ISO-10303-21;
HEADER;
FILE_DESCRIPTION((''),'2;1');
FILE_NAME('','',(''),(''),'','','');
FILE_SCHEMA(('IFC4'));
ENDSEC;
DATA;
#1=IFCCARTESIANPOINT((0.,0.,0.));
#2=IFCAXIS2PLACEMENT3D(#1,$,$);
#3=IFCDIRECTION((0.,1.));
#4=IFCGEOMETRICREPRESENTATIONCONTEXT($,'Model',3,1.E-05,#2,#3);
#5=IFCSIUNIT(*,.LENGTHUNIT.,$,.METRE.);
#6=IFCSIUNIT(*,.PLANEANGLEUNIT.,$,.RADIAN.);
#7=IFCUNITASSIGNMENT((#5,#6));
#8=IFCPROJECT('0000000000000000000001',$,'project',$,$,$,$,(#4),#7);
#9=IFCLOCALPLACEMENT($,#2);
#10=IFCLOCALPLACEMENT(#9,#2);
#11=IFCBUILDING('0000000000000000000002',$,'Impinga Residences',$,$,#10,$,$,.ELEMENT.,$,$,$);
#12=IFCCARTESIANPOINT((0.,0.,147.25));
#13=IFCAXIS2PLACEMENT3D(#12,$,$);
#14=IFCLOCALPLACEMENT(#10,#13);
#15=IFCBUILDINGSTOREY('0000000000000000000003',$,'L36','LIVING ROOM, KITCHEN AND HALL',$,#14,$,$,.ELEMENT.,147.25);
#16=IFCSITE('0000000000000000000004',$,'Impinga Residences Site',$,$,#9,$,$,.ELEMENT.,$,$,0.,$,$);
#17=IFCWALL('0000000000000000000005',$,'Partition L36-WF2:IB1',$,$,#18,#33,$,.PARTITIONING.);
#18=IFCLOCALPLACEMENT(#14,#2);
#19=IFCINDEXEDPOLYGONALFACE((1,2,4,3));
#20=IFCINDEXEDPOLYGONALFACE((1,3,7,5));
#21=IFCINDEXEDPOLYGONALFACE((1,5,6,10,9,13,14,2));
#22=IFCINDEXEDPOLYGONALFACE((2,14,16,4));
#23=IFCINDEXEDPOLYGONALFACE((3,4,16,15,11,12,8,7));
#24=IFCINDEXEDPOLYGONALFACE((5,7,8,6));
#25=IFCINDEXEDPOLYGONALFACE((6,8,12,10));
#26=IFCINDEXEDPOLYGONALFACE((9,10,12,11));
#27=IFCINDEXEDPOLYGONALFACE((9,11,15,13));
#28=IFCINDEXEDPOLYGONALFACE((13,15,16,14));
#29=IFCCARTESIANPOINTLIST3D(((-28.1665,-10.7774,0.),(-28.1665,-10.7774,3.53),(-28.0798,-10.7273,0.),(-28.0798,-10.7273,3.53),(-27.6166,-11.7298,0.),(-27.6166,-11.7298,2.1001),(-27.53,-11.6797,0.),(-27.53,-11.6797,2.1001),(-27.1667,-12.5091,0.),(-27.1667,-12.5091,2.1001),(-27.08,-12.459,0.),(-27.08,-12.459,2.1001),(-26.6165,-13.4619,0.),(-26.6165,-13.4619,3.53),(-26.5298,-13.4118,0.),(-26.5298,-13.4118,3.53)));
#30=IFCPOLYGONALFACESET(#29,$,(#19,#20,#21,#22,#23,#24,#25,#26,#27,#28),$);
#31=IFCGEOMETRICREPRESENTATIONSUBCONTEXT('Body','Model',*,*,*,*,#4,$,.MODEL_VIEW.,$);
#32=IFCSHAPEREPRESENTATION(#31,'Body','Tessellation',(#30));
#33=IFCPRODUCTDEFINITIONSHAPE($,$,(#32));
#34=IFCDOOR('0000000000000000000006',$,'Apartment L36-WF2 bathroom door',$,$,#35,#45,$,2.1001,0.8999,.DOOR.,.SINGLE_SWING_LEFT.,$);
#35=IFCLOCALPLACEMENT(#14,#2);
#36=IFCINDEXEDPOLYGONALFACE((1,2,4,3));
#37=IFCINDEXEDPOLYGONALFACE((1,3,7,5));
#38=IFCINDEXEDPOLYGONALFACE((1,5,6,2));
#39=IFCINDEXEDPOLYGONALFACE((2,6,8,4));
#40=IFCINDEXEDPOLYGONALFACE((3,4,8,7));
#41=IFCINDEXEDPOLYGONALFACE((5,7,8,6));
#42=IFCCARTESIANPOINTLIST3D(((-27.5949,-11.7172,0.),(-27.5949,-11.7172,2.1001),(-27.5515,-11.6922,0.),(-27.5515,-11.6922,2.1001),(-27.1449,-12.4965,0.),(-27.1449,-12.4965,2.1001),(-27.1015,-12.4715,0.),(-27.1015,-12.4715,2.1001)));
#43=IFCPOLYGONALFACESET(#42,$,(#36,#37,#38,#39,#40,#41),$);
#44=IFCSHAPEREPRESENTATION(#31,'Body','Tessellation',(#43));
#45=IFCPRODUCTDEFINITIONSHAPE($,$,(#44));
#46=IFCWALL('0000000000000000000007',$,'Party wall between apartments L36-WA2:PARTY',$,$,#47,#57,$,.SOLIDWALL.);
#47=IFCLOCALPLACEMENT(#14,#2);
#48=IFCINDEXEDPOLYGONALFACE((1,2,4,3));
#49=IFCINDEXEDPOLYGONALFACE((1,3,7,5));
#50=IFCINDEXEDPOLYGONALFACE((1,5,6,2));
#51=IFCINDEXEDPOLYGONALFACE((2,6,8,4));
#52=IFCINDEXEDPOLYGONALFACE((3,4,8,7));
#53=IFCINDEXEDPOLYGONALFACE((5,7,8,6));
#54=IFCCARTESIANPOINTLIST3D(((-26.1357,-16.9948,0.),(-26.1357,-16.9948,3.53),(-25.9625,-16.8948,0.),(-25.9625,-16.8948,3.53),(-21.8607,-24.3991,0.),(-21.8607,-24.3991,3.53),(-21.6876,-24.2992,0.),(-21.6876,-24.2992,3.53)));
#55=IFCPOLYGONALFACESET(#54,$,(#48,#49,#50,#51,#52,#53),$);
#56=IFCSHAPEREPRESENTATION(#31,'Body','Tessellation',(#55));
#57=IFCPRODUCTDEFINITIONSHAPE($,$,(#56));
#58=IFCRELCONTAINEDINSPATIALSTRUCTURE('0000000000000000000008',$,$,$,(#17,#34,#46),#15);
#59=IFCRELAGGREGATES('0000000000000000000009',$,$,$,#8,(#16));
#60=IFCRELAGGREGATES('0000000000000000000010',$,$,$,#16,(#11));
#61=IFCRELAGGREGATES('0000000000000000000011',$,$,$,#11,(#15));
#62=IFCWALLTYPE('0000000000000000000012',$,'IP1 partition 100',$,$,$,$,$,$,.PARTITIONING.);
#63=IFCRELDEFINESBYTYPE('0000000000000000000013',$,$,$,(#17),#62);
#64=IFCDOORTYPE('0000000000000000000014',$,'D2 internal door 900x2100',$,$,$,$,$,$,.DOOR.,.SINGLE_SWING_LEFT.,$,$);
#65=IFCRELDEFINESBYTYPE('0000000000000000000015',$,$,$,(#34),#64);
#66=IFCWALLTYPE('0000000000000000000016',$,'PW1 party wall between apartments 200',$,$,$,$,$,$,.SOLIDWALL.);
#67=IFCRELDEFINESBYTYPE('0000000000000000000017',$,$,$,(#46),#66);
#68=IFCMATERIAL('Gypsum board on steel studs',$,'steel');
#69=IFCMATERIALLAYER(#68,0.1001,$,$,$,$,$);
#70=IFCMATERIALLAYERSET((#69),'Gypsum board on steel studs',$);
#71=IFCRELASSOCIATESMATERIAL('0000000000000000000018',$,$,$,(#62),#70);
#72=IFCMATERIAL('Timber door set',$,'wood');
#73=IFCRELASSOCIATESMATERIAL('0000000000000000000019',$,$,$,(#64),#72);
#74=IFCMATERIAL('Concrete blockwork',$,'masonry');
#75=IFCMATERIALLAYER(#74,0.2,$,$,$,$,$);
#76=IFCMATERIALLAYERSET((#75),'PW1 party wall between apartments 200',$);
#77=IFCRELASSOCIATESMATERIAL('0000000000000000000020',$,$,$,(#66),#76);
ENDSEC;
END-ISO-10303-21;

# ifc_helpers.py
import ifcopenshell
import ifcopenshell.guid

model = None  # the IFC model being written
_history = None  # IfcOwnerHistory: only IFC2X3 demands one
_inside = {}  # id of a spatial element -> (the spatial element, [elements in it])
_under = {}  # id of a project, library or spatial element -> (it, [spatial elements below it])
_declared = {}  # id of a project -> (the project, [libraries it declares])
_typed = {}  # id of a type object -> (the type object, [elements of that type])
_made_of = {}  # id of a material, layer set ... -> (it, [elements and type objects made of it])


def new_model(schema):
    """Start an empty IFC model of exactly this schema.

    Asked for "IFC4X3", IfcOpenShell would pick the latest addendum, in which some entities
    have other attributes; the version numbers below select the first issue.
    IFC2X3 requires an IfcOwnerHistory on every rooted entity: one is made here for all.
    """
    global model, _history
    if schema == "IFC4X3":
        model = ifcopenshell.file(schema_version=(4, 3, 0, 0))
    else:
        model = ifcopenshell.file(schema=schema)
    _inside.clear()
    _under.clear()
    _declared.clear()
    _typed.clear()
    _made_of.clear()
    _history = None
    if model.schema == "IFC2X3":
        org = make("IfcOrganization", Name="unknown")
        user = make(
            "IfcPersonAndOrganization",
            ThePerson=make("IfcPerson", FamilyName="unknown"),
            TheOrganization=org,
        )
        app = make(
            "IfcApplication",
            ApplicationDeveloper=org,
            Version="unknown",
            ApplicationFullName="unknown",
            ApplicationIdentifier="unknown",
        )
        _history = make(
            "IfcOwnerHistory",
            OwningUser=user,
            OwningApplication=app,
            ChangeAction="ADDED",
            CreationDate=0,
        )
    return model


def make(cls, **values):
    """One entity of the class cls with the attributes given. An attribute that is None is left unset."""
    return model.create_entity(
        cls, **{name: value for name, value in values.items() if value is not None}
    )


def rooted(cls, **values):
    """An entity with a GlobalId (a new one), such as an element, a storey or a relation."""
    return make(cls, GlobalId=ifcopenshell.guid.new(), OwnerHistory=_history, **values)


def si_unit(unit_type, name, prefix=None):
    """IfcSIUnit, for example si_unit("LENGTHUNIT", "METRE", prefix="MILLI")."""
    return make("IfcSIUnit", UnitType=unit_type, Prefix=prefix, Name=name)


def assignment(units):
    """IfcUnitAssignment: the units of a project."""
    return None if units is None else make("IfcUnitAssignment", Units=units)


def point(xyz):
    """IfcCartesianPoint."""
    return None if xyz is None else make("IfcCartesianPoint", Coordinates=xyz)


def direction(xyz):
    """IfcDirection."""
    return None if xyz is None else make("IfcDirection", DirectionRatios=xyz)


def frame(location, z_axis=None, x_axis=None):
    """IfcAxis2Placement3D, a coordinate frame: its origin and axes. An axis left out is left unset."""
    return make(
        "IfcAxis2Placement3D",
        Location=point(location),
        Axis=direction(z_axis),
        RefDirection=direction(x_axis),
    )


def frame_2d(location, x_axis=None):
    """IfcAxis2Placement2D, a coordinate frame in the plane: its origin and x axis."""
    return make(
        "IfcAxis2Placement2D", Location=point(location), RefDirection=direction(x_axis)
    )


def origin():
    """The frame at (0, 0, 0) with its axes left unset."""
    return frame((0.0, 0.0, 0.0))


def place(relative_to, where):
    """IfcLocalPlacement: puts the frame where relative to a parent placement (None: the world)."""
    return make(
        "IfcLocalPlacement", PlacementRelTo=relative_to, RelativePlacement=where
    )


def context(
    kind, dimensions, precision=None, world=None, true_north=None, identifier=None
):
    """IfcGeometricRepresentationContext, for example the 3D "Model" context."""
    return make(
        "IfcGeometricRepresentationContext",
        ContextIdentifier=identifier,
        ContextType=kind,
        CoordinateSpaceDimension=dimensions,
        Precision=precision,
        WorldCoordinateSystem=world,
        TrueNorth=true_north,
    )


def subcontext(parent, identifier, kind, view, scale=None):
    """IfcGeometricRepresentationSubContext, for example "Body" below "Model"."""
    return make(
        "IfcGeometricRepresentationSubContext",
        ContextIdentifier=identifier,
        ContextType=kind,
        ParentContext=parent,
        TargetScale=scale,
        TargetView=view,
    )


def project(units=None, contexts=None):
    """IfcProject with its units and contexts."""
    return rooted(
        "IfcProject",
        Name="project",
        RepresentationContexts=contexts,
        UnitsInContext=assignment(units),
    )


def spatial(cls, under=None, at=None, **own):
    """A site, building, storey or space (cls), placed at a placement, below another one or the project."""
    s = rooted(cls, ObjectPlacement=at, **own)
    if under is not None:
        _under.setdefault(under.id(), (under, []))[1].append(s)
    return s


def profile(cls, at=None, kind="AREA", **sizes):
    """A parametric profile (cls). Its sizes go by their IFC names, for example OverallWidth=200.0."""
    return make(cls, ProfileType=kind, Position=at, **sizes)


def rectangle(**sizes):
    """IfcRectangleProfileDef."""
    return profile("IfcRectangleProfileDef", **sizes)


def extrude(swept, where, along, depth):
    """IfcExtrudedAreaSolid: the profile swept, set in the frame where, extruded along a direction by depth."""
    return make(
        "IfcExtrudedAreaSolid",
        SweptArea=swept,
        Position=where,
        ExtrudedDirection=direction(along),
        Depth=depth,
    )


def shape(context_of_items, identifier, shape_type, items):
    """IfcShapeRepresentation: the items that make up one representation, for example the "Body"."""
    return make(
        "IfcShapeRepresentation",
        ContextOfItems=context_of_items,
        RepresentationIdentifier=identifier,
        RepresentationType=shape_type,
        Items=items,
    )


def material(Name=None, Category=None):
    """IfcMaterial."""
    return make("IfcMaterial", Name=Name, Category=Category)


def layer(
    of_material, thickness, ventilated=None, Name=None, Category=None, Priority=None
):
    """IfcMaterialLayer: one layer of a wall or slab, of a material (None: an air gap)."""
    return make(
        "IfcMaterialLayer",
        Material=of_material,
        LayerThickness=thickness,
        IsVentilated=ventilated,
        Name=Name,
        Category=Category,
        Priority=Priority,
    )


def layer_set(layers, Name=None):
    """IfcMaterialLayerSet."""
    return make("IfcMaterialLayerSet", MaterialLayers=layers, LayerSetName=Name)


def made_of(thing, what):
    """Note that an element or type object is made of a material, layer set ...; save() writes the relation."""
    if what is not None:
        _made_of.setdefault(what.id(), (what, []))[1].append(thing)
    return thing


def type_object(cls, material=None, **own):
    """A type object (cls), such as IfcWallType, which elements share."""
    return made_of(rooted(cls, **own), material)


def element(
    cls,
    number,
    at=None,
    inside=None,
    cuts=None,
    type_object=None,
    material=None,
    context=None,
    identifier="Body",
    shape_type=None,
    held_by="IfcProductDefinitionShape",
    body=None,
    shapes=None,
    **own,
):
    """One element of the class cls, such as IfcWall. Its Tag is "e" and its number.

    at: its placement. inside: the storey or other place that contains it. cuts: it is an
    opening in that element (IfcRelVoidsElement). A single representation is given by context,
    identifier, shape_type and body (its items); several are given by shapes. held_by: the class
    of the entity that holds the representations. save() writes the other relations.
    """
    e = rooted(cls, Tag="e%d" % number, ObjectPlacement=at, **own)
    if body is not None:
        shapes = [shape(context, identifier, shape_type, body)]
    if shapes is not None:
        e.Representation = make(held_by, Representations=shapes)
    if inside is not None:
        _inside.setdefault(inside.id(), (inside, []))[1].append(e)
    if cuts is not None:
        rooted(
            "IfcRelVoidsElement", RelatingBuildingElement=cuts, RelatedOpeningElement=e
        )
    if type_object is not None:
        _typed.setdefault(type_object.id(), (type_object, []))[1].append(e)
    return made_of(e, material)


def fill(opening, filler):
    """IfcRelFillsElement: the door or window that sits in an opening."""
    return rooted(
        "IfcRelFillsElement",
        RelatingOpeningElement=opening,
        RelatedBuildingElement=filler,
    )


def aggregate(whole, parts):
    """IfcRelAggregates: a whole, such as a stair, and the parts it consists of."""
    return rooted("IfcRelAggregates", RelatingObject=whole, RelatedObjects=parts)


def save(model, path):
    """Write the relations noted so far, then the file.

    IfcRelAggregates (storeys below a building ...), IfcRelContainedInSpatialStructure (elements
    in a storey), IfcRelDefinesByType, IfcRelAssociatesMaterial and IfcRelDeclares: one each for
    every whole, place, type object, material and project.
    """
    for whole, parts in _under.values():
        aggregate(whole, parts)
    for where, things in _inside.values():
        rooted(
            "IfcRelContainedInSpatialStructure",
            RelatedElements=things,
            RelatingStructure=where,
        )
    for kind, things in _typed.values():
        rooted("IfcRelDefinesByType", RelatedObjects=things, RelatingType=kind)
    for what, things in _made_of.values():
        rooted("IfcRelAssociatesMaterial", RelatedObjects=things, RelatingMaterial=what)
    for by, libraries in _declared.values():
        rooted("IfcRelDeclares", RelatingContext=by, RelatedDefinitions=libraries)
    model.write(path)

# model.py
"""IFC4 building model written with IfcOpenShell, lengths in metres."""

from ifc_helpers import new_model, si_unit, direction, frame, frame_2d, origin, place, context, subcontext, project, spatial, rectangle, extrude, material, layer, layer_set, type_object, element, fill, save


model = new_model("IFC4")

# Units and contexts
model_context = context("Model", 3, precision=1e-05, world=origin(), true_north=direction((0.0, 1.0)))
body_context = subcontext(model_context, "Body", "Model", "MODEL_VIEW")
ifc_project = project(units=[si_unit("LENGTHUNIT", "METRE"), si_unit("PLANEANGLEUNIT", "RADIAN")], contexts=[model_context])

# Site, building, storey
site_placement = place(None, origin())
site = spatial("IfcSite", under=ifc_project, at=site_placement, Name="Impinga Residences Site", CompositionType="ELEMENT", RefElevation=0.0)
building_placement = place(site_placement, origin())
building = spatial("IfcBuilding", under=site, at=building_placement, Name="Impinga Residences", CompositionType="ELEMENT")
storey_placement = place(building_placement, frame((0.0, 0.0, 147.25)))
storey = spatial("IfcBuildingStorey", under=building, at=storey_placement, Name="L36", Description="LIVING ROOM, KITCHEN AND HALL", CompositionType="ELEMENT", Elevation=147.25)

# Shared definitions
ifc_material_1 = material(Name="Concrete blockwork", Category="masonry")
ifc_material_2 = material(Name="Timber door set", Category="wood")

# Shared definitions
ifc_material_3 = material(Name="Gypsum board on steel studs", Category="steel")
ifc_layer_1 = layer(ifc_material_3, 0.1001)
ifc_layer_set_1 = layer_set([ifc_layer_1], Name="Gypsum board on steel studs")
wall_type_1 = type_object("IfcWallType", Name="IP1 partition 100", PredefinedType="PARTITIONING", material=ifc_layer_set_1)

# Shared definitions
door_type_1 = type_object("IfcDoorType", Name="D2 internal door 900x2100", OperationType="SINGLE_SWING_LEFT", PredefinedType="DOOR", material=ifc_material_2)

# Wall, opening, door
wall_1_placement = place(storey_placement, frame((-26.5732, -13.4368, 0.0), z_axis=(0.0, 0.0, 1.0), x_axis=(-0.500027, 0.86601, 0.0)))
wall_1 = element("IfcWall", 1, at=wall_1_placement, inside=storey, type_object=wall_type_1, Name="Partition L36-WF2:IB1", PredefinedType="PARTITIONING", context=body_context, shape_type="SweptSolid", body=[
    extrude(rectangle(XDim=3.0999, YDim=0.1001, at=frame_2d((1.5498, 0.0))), origin(), (0.0, 0.0, 1.0), 3.53),
])
opening_1_placement = place(wall_1_placement, frame((1.1001, 0.0, 0.0)))
opening_1 = element("IfcOpeningElement", 2, at=opening_1_placement, cuts=wall_1, PredefinedType="OPENING", context=body_context, shape_type="SweptSolid", body=[
    extrude(rectangle(XDim=0.8999, YDim=2.1001, at=frame_2d((0.45, 1.05))), frame((0.0, 0.0601, 0.0), z_axis=(0.0, -1.0, 0.0), x_axis=(1.0, 0.0, 0.0)), (0.0, 0.0, 1.0), 0.1201),
])
door_1_placement = place(opening_1_placement, origin())
door_1 = element("IfcDoor", 3, at=door_1_placement, inside=storey, type_object=door_type_1, Name="Apartment L36-WF2 bathroom door", OperationType="SINGLE_SWING_LEFT", OverallHeight=2.1001, OverallWidth=0.8999, PredefinedType="DOOR", context=body_context, shape_type="SweptSolid", body=[
    extrude(rectangle(XDim=0.8999, YDim=2.1001, at=frame_2d((0.45, 1.05))), frame((0.0, 0.0249, 0.0), z_axis=(0.0, -1.0, 0.0), x_axis=(1.0, 0.0, 0.0)), (0.0, 0.0, 1.0), 0.05),
])
fill(opening_1, door_1)

# Wall
ifc_layer_2 = layer(ifc_material_1, 0.2)
ifc_layer_set_2 = layer_set([ifc_layer_2], Name="PW1 party wall between apartments 200")
wall_type_2 = type_object("IfcWallType", Name="PW1 party wall between apartments 200", PredefinedType="SOLIDWALL", material=ifc_layer_set_2)
wall_2_placement = place(storey_placement, frame((-26.0491, -16.9448, 0.0), z_axis=(0.0, 0.0, 1.0), x_axis=(0.500003, -0.866024, 0.0)))
element("IfcWall", 4, at=wall_2_placement, inside=storey, type_object=wall_type_2, Name="Party wall between apartments L36-WA2:PARTY", PredefinedType="SOLIDWALL", context=body_context, shape_type="SweptSolid", body=[
    extrude(rectangle(XDim=8.5498, YDim=0.2, at=frame_2d((4.2749, 0.0))), origin(), (0.0, 0.0, 1.0), 3.53),
])

save(model, "model.ifc")
